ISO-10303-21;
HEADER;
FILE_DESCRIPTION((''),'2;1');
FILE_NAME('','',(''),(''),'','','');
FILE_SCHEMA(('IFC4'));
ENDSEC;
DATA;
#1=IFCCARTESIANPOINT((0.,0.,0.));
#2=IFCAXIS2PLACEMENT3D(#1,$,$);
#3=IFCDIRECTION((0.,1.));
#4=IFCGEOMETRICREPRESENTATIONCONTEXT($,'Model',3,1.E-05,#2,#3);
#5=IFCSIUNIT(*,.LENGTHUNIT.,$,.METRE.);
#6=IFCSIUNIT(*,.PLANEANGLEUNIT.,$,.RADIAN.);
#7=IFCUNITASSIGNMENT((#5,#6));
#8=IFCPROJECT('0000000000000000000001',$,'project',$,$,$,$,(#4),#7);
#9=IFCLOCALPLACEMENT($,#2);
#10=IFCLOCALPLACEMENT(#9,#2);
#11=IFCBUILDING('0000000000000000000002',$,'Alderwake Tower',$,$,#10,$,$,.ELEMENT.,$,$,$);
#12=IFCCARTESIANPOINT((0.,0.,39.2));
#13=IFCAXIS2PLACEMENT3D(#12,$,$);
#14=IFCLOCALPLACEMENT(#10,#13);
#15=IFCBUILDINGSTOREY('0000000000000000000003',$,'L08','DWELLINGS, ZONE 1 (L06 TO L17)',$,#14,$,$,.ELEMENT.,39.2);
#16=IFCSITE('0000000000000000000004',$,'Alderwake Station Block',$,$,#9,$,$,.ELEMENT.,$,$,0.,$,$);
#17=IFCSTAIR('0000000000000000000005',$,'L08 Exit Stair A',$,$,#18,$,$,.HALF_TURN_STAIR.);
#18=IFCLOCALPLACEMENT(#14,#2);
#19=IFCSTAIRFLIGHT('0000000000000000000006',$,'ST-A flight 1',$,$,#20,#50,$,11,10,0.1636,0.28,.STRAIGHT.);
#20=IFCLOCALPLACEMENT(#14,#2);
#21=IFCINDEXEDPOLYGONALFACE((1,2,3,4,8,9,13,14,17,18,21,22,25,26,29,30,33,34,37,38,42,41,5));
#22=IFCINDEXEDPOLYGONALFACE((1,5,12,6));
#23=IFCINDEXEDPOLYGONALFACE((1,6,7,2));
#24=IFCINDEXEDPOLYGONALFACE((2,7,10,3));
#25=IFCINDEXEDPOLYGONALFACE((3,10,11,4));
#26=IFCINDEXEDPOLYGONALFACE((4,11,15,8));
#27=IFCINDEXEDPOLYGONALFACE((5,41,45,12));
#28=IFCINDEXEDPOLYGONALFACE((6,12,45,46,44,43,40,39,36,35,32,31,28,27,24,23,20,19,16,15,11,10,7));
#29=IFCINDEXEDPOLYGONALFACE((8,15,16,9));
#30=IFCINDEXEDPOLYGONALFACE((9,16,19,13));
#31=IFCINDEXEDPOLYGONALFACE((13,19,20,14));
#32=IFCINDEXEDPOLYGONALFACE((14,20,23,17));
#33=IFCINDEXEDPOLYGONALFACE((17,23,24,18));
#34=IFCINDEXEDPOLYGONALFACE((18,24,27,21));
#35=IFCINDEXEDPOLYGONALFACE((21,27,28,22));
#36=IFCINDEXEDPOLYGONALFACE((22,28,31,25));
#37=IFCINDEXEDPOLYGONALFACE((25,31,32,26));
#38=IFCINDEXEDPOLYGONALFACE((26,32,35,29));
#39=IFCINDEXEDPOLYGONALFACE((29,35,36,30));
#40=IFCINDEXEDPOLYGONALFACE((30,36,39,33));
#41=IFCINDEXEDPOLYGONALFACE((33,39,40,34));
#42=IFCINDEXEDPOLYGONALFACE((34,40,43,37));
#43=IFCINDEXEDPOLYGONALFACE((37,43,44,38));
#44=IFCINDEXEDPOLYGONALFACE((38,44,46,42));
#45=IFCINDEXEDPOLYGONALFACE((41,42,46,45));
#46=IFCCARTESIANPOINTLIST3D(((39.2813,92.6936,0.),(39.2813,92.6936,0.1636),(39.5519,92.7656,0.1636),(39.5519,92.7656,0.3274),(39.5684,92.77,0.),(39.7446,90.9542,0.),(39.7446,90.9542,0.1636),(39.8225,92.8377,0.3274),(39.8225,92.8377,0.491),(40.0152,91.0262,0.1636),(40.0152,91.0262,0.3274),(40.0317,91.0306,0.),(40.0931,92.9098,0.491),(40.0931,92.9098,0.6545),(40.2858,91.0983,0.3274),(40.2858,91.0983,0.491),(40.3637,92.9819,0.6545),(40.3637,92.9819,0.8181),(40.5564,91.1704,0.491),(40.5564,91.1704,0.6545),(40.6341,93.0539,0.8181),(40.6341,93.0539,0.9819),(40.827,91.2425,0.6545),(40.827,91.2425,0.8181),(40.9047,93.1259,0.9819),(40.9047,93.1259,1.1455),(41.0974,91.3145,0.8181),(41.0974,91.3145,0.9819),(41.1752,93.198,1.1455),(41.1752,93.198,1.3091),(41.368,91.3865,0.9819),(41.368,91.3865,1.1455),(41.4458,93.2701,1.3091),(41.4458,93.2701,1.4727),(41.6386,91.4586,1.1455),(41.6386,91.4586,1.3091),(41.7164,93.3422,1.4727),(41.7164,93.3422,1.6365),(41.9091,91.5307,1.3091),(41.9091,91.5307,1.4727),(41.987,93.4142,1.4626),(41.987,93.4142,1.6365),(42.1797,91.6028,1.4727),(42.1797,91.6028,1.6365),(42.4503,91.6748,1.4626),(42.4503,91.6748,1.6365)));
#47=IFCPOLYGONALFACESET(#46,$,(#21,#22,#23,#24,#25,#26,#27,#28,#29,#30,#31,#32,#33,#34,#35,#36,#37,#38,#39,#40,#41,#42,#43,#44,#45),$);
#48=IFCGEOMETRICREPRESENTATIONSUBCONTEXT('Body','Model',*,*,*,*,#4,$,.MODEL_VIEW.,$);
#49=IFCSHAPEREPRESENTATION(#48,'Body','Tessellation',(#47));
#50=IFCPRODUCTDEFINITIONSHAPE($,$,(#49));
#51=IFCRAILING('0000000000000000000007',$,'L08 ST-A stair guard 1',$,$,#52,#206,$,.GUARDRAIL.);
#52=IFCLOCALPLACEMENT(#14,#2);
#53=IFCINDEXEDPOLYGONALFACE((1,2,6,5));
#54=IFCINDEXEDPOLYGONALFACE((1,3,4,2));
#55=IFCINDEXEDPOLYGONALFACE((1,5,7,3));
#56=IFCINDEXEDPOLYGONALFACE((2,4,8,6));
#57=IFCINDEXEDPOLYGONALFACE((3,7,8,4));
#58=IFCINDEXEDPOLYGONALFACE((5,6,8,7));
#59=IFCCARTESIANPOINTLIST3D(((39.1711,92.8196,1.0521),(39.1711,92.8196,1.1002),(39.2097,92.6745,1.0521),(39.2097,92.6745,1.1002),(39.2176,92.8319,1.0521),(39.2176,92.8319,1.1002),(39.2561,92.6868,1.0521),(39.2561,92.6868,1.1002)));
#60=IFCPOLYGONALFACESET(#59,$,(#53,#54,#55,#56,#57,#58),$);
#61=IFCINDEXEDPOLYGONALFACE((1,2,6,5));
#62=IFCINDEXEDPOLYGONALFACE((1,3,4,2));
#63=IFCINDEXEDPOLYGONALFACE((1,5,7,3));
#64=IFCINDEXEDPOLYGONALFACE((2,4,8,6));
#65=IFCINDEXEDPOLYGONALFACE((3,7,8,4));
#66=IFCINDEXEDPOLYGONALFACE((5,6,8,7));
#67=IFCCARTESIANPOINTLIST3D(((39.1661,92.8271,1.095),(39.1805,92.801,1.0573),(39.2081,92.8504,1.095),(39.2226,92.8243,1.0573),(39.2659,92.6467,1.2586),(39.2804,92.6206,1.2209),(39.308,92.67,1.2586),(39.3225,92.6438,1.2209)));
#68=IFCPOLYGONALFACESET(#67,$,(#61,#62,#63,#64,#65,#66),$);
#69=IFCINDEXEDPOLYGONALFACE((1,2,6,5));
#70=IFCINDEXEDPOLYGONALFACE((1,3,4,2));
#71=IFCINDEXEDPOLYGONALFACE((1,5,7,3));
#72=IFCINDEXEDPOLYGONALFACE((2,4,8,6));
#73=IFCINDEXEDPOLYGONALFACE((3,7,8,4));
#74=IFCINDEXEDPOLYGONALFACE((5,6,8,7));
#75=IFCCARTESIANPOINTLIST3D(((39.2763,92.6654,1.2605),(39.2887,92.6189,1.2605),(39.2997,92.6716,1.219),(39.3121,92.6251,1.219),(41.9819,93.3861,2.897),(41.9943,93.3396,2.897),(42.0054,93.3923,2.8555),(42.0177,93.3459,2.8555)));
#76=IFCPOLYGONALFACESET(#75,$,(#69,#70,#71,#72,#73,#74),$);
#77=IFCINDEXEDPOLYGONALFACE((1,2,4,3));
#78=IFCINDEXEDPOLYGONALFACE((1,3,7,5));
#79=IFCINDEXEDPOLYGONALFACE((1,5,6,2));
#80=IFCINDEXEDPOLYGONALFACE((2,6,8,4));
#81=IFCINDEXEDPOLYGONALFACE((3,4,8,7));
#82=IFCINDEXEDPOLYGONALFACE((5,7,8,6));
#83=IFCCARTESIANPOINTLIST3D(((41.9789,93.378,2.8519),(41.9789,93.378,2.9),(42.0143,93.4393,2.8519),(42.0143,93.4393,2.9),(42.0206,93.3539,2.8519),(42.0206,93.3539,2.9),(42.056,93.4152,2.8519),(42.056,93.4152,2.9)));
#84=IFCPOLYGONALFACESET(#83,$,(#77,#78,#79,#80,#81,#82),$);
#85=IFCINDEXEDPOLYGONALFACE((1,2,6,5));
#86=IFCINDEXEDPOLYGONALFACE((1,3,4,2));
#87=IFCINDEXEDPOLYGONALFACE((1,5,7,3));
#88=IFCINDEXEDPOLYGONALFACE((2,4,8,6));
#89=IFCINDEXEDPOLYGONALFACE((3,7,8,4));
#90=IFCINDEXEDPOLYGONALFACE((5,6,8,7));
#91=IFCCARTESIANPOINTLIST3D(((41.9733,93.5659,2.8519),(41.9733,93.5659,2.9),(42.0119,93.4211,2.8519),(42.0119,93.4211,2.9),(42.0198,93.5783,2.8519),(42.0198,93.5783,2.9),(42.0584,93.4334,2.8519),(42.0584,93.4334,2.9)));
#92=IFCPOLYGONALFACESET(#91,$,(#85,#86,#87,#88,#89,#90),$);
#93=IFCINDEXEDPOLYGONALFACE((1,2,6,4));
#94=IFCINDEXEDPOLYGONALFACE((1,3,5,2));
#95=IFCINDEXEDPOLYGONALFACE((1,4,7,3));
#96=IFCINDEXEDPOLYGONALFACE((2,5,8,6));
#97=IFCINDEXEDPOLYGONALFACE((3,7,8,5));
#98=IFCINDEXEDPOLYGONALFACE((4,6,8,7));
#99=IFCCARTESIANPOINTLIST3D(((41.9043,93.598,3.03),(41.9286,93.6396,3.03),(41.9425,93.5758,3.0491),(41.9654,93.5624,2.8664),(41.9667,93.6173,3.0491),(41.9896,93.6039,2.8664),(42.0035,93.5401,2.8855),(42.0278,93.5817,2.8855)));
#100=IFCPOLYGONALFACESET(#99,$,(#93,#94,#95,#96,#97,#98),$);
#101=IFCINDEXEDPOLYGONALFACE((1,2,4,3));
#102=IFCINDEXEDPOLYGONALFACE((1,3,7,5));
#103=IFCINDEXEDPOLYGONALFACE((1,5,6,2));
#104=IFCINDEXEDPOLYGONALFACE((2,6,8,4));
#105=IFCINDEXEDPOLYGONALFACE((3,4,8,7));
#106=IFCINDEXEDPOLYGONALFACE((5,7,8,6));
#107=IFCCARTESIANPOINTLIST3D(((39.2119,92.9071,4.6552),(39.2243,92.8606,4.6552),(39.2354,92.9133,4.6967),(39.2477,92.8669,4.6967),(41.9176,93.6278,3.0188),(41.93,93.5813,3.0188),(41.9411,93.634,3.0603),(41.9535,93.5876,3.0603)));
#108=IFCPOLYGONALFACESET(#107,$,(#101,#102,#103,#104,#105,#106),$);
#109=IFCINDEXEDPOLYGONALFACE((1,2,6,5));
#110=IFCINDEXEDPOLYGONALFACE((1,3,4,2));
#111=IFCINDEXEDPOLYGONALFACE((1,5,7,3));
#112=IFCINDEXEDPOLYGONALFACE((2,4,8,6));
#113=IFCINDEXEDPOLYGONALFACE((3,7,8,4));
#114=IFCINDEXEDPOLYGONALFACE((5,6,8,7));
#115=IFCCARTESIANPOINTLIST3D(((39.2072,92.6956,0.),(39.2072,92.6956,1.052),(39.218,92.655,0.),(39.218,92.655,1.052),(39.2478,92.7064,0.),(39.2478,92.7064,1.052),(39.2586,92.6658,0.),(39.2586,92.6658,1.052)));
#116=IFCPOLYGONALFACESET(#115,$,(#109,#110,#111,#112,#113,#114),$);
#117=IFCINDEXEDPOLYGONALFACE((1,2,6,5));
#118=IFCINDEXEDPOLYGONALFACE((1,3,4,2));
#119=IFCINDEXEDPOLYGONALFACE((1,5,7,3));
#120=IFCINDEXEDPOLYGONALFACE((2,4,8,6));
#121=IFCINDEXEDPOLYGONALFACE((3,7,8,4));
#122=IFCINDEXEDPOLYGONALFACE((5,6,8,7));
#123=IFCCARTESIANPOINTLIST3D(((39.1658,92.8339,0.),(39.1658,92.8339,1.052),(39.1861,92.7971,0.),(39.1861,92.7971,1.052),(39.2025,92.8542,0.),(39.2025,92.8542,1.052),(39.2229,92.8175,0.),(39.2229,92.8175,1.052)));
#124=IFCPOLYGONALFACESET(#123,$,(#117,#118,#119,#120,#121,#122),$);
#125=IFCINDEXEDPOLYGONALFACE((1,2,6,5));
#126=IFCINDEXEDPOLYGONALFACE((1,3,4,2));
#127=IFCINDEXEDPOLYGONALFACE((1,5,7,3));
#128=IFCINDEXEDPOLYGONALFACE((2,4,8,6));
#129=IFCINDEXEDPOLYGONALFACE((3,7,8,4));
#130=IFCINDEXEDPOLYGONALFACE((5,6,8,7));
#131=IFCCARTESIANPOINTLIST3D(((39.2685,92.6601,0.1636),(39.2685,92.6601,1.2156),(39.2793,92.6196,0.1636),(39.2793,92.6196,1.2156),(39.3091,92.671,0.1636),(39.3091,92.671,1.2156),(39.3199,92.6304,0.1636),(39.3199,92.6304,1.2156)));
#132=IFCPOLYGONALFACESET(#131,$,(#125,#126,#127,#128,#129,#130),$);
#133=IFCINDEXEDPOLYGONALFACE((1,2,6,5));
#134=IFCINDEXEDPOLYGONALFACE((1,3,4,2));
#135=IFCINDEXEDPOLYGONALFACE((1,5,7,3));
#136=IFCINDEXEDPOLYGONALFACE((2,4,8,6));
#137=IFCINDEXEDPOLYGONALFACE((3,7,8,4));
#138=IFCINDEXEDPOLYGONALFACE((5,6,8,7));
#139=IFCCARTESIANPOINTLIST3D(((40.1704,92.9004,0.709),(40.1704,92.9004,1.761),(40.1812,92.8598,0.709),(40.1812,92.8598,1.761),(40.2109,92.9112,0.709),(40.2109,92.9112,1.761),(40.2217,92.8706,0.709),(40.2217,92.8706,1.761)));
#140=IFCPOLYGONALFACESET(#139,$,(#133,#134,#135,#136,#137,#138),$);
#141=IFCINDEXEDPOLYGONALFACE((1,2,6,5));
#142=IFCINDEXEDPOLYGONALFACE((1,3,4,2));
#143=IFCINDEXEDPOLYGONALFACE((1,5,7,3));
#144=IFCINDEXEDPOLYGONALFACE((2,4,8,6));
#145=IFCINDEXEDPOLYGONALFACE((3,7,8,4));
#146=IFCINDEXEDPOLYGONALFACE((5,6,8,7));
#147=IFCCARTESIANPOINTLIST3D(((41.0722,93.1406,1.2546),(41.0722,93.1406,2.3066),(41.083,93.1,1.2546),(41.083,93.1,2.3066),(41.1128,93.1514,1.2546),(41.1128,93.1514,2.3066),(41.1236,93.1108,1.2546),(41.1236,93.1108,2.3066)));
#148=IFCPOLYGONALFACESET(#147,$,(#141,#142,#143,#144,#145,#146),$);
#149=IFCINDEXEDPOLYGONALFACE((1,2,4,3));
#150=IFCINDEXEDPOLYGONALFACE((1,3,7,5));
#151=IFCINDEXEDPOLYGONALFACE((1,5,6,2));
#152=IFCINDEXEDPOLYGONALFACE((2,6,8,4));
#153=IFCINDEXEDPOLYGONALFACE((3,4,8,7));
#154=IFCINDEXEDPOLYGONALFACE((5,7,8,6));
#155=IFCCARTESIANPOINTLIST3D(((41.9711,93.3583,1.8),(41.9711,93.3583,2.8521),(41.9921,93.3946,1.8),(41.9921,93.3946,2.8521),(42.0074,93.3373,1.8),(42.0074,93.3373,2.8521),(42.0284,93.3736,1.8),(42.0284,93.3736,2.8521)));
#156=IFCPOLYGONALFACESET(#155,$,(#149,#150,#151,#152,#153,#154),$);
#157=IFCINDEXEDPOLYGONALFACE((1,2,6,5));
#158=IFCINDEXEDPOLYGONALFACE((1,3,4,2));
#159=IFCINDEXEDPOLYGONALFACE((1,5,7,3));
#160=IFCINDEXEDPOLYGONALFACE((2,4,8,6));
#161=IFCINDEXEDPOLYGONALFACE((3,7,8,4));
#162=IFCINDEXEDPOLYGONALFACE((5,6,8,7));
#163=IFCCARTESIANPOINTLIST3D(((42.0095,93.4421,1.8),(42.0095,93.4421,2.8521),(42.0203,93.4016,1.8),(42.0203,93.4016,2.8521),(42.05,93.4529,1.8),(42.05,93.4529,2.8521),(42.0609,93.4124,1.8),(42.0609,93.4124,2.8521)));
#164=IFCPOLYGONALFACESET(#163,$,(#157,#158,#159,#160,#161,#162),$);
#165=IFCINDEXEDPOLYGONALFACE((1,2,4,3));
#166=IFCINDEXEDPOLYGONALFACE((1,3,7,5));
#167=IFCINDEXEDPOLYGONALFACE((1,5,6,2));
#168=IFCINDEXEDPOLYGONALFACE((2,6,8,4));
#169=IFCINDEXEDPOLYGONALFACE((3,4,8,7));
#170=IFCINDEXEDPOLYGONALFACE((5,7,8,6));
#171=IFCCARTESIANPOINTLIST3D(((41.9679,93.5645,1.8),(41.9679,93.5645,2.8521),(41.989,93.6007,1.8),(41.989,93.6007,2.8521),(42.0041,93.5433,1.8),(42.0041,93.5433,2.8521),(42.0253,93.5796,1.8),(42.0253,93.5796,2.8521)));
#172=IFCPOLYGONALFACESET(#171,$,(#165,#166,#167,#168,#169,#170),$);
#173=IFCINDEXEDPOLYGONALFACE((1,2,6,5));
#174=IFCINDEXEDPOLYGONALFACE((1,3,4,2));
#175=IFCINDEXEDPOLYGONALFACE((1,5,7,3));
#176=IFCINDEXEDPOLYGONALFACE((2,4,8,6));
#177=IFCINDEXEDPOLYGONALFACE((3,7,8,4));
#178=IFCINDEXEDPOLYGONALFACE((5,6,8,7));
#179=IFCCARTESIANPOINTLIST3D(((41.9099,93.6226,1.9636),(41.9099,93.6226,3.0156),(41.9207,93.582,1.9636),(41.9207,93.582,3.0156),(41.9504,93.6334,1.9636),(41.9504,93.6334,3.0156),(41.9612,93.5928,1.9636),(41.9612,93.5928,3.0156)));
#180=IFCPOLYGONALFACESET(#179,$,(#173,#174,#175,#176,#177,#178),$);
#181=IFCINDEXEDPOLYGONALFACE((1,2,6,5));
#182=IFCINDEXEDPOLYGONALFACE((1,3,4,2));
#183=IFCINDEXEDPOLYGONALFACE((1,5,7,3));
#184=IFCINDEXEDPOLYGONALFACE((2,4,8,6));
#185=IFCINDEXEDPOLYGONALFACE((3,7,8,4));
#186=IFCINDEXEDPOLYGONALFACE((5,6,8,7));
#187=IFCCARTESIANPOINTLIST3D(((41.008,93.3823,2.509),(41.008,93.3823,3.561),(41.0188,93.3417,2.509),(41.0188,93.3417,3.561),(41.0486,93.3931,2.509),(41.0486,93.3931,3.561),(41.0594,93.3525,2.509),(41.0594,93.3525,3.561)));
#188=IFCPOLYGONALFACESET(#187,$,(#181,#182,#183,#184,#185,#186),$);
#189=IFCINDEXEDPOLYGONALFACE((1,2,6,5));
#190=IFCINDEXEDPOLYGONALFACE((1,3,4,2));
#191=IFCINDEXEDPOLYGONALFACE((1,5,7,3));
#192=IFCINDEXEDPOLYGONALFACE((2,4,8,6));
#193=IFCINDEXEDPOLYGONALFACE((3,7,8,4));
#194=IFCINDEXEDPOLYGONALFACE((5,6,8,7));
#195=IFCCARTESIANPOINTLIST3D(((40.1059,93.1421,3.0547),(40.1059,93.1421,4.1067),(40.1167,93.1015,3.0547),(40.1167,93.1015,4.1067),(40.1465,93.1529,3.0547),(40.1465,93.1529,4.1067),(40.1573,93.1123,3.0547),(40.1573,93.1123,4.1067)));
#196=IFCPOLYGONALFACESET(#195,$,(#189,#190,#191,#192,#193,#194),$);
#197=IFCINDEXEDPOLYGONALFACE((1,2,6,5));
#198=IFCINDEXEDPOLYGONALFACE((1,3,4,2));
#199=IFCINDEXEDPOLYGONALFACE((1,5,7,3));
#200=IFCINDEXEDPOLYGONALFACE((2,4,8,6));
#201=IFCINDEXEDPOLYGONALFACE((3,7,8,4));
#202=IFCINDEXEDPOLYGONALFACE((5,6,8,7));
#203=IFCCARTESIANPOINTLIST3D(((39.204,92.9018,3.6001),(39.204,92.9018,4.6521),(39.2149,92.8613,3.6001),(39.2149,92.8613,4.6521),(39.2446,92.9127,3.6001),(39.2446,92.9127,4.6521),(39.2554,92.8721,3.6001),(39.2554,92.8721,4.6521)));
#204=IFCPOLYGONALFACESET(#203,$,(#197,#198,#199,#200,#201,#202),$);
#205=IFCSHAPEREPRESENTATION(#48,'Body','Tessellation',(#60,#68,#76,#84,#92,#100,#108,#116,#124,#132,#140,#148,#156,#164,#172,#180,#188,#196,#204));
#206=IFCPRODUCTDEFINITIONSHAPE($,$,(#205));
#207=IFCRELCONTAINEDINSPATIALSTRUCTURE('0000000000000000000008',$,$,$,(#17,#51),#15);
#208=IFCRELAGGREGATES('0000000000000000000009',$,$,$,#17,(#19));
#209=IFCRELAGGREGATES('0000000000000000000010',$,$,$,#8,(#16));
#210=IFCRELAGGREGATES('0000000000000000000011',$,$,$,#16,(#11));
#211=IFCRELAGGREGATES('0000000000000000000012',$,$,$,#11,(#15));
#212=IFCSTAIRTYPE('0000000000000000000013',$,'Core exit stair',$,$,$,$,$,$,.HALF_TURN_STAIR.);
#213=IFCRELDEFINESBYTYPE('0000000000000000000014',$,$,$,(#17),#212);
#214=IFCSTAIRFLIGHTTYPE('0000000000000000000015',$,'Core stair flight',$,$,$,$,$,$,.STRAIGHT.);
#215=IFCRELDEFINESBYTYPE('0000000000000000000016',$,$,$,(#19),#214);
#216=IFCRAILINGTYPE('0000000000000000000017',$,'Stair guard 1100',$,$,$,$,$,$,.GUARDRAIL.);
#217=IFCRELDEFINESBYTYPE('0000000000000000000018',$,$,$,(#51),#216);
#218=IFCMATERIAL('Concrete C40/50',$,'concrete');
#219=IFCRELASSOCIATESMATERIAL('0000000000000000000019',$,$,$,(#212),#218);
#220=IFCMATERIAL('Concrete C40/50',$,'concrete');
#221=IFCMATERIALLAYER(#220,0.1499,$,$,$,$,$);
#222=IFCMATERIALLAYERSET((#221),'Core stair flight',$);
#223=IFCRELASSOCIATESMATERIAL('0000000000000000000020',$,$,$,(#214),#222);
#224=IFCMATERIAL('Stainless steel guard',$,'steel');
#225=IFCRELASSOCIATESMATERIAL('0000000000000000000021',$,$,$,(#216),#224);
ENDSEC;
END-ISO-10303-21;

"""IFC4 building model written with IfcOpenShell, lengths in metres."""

from ifc_helpers import new_model, si_unit, direction, frame, origin, origin_2d, place, context, subcontext, project, spatial, polyline, rectangle, outline, extrude, material, layer, layer_set, type_object, element, aggregate, save


model = new_model("IFC4")

# Units and contexts
model_context = context("Model", 3, precision=1e-05, world=origin(), true_north=direction((0.0, 1.0)))
body_context = subcontext(model_context, "Body", "Model", "MODEL_VIEW")
ifc_project = project(units=[si_unit("LENGTHUNIT", "METRE"), si_unit("PLANEANGLEUNIT", "RADIAN")], contexts=[model_context])

# Site, building, storey
site_placement = place(None, origin())
site = spatial("IfcSite", under=ifc_project, at=site_placement, Name="Alderwake Station Block", CompositionType="ELEMENT", RefElevation=0.0)
building_placement = place(site_placement, origin())
building = spatial("IfcBuilding", under=site, at=building_placement, Name="Alderwake Tower", CompositionType="ELEMENT")
storey_placement = place(building_placement, frame((0.0, 0.0, 39.2)))
storey = spatial("IfcBuildingStorey", under=building, at=storey_placement, Name="L08", Description="DWELLINGS, ZONE 1 (L06 TO L17)", CompositionType="ELEMENT", Elevation=39.2)

# Stair, stair flight
ifc_material_1 = material(Name="Concrete C40/50", Category="concrete")
stair_type = type_object("IfcStairType", Name="Core exit stair", PredefinedType="HALF_TURN_STAIR", material=ifc_material_1)
stair_placement = place(storey_placement, origin())
stair = element("IfcStair", 1, at=stair_placement, inside=storey, type_object=stair_type, Name="L08 Exit Stair A", PredefinedType="HALF_TURN_STAIR")
ifc_material_2 = material(Name="Concrete C40/50", Category="concrete")
ifc_layer_1 = layer(ifc_material_2, 0.1499)
ifc_layer_set_1 = layer_set([ifc_layer_1], Name="Core stair flight")
stair_flight_type = type_object("IfcStairFlightType", Name="Core stair flight", PredefinedType="STRAIGHT", material=ifc_layer_set_1)
stair_flight_placement = place(storey_placement, frame((39.5129, 91.824, 0.0), z_axis=(0.0, 0.0, 1.0), x_axis=(0.96631, 0.257382, 0.0)))
stair_flight = element("IfcStairFlight", 2, at=stair_flight_placement, type_object=stair_flight_type, Name="ST-A flight 1", NumberOfRisers=11, NumberOfTreads=10, PredefinedType="STRAIGHT", RiserHeight=0.1636, TreadLength=0.28, context=body_context, shape_type="SweptSolid", body=[
    extrude(outline(polyline([(0.0, 0.0), (0.0, 0.1636), (0.28, 0.1636), (0.28, 0.3274), (0.5601, 0.3274), (0.5601, 0.491), (0.8401, 0.491), (0.8401, 0.6545), (1.1201, 0.6545), (1.1201, 0.8181), (1.3999, 0.8181), (1.3999, 0.9819), (1.6799, 0.9819), (1.6799, 1.1455), (1.96, 1.1455), (1.96, 1.3091), (2.24, 1.3091), (2.24, 1.4727), (2.52, 1.4727), (2.52, 1.6365), (2.8, 1.6365), (2.8, 1.8), (2.8, 1.4626), (0.2971, 0.0), (0.0, 0.0)])), frame((0.0, 0.8999, 0.0), z_axis=(0.0, -1.0, 0.0), x_axis=(1.0, 0.0, 0.0)), (0.0, 0.0, 1.0), 1.8),
])
aggregate(stair, [stair_flight])

# Railing
ifc_material_3 = material(Name="Stainless steel guard", Category="steel")
railing_type_1 = type_object("IfcRailingType", Name="Stair guard 1100", PredefinedType="GUARDRAIL", material=ifc_material_3)
railing_1_placement = place(storey_placement, frame((39.2329, 92.6807, 0.0)))
element("IfcRailing", 3, at=railing_1_placement, inside=storey, type_object=railing_type_1, Name="L08 ST-A stair guard 1", PredefinedType="GUARDRAIL", context=body_context, shape_type="SweptSolid", body=[
    extrude(rectangle(XDim=0.0481, YDim=0.0481, at=origin_2d()), frame((0.0, 0.0, 1.0762), z_axis=(-0.257055, 0.966397, 0.0), x_axis=(-0.966397, -0.257055, 0.0)), (0.0, 0.0, 1.0), 0.1501),
    extrude(rectangle(XDim=0.0481, YDim=0.0481, at=origin_2d()), frame((-0.0386, 0.145, 1.0762), z_axis=(0.379371, -0.685464, 0.621463), x_axis=(0.874938, 0.484235, 0.0)), (0.0, 0.0, 1.0), 0.2632),
    extrude(rectangle(XDim=0.0481, YDim=0.0481, at=origin_2d()), frame((0.0613, -0.0354, 1.2397), z_axis=(0.834259, 0.222228, 0.504605), x_axis=(-0.257402, 0.966304, 0.0)), (0.0, 0.0, 1.0), 3.2432),
    extrude(rectangle(XDim=0.0481, YDim=0.0481, at=origin_2d()), frame((2.7668, 0.6853, 2.876), z_axis=(0.50022, 0.865898, 0.0), x_axis=(-0.865898, 0.50022, 0.0)), (0.0, 0.0, 1.0), 0.0708),
    extrude(rectangle(XDim=0.0481, YDim=0.0481, at=origin_2d()), frame((2.8022, 0.7466, 2.876), z_axis=(-0.25746, 0.966289, 0.0), x_axis=(-0.966289, -0.25746, 0.0)), (0.0, 0.0, 1.0), 0.1499),
    extrude(rectangle(XDim=0.0481, YDim=0.0481, at=origin_2d()), frame((2.7637, 0.8914, 2.876), z_axis=(-0.342525, 0.200035, 0.917967), x_axis=(-0.5043, -0.863528, 0.0)), (0.0, 0.0, 1.0), 0.1782),
    extrude(rectangle(XDim=0.0481, YDim=0.0481, at=origin_2d()), frame((2.7026, 0.927, 3.0396), z_axis=(-0.834282, -0.222214, 0.504574), x_axis=(0.25738, -0.96631, 0.0)), (0.0, 0.0, 1.0), 3.2432),
    extrude(rectangle(XDim=0.042, YDim=0.042, at=origin_2d()), frame((0.0, 0.0, 0.0), z_axis=(0.0, 0.0, 1.0), x_axis=(-0.257055, 0.966397, 0.0)), (0.0, 0.0, 1.0), 1.052),
    extrude(rectangle(XDim=0.042, YDim=0.042, at=origin_2d()), frame((-0.0386, 0.145, 0.0), z_axis=(0.0, 0.0, 1.0), x_axis=(0.484235, -0.874938, 0.0)), (0.0, 0.0, 1.0), 1.052),
    extrude(rectangle(XDim=0.042, YDim=0.042, at=origin_2d()), frame((0.0613, -0.0354, 0.1636), z_axis=(0.0, 0.0, 1.0), x_axis=(0.966304, 0.257402, 0.0)), (0.0, 0.0, 1.0), 1.052),
    extrude(rectangle(XDim=0.042, YDim=0.042, at=origin_2d()), frame((0.9631, 0.2048, 0.709), z_axis=(0.0, 0.0, 1.0), x_axis=(0.966304, 0.257402, 0.0)), (0.0, 0.0, 1.0), 1.052),
    extrude(rectangle(XDim=0.042, YDim=0.042, at=origin_2d()), frame((1.865, 0.4451, 1.2546), z_axis=(0.0, 0.0, 1.0), x_axis=(0.966304, 0.257402, 0.0)), (0.0, 0.0, 1.0), 1.052),
    extrude(rectangle(XDim=0.042, YDim=0.042, at=origin_2d()), frame((2.7668, 0.6853, 1.8), z_axis=(0.0, 0.0, 1.0), x_axis=(0.50022, 0.865898, 0.0)), (0.0, 0.0, 1.0), 1.052),
    extrude(rectangle(XDim=0.042, YDim=0.042, at=origin_2d()), frame((2.8022, 0.7466, 1.8), z_axis=(0.0, 0.0, 1.0), x_axis=(-0.25746, 0.966289, 0.0)), (0.0, 0.0, 1.0), 1.052),
    extrude(rectangle(XDim=0.042, YDim=0.042, at=origin_2d()), frame((2.7637, 0.8914, 1.8), z_axis=(0.0, 0.0, 1.0), x_axis=(-0.863528, 0.5043, 0.0)), (0.0, 0.0, 1.0), 1.052),
    extrude(rectangle(XDim=0.042, YDim=0.042, at=origin_2d()), frame((2.7026, 0.927, 1.9636), z_axis=(0.0, 0.0, 1.0), x_axis=(-0.96631, -0.25738, 0.0)), (0.0, 0.0, 1.0), 1.052),
    extrude(rectangle(XDim=0.042, YDim=0.042, at=origin_2d()), frame((1.8008, 0.6868, 2.509), z_axis=(0.0, 0.0, 1.0), x_axis=(-0.96631, -0.25738, 0.0)), (0.0, 0.0, 1.0), 1.052),
    extrude(rectangle(XDim=0.042, YDim=0.042, at=origin_2d()), frame((0.8987, 0.4465, 3.0547), z_axis=(0.0, 0.0, 1.0), x_axis=(-0.96631, -0.25738, 0.0)), (0.0, 0.0, 1.0), 1.052),
    extrude(rectangle(XDim=0.042, YDim=0.042, at=origin_2d()), frame((-0.0032, 0.2063, 3.6001), z_axis=(0.0, 0.0, 1.0), x_axis=(-0.96631, -0.25738, 0.0)), (0.0, 0.0, 1.0), 1.052),
])

save(model, "model.ifc")
